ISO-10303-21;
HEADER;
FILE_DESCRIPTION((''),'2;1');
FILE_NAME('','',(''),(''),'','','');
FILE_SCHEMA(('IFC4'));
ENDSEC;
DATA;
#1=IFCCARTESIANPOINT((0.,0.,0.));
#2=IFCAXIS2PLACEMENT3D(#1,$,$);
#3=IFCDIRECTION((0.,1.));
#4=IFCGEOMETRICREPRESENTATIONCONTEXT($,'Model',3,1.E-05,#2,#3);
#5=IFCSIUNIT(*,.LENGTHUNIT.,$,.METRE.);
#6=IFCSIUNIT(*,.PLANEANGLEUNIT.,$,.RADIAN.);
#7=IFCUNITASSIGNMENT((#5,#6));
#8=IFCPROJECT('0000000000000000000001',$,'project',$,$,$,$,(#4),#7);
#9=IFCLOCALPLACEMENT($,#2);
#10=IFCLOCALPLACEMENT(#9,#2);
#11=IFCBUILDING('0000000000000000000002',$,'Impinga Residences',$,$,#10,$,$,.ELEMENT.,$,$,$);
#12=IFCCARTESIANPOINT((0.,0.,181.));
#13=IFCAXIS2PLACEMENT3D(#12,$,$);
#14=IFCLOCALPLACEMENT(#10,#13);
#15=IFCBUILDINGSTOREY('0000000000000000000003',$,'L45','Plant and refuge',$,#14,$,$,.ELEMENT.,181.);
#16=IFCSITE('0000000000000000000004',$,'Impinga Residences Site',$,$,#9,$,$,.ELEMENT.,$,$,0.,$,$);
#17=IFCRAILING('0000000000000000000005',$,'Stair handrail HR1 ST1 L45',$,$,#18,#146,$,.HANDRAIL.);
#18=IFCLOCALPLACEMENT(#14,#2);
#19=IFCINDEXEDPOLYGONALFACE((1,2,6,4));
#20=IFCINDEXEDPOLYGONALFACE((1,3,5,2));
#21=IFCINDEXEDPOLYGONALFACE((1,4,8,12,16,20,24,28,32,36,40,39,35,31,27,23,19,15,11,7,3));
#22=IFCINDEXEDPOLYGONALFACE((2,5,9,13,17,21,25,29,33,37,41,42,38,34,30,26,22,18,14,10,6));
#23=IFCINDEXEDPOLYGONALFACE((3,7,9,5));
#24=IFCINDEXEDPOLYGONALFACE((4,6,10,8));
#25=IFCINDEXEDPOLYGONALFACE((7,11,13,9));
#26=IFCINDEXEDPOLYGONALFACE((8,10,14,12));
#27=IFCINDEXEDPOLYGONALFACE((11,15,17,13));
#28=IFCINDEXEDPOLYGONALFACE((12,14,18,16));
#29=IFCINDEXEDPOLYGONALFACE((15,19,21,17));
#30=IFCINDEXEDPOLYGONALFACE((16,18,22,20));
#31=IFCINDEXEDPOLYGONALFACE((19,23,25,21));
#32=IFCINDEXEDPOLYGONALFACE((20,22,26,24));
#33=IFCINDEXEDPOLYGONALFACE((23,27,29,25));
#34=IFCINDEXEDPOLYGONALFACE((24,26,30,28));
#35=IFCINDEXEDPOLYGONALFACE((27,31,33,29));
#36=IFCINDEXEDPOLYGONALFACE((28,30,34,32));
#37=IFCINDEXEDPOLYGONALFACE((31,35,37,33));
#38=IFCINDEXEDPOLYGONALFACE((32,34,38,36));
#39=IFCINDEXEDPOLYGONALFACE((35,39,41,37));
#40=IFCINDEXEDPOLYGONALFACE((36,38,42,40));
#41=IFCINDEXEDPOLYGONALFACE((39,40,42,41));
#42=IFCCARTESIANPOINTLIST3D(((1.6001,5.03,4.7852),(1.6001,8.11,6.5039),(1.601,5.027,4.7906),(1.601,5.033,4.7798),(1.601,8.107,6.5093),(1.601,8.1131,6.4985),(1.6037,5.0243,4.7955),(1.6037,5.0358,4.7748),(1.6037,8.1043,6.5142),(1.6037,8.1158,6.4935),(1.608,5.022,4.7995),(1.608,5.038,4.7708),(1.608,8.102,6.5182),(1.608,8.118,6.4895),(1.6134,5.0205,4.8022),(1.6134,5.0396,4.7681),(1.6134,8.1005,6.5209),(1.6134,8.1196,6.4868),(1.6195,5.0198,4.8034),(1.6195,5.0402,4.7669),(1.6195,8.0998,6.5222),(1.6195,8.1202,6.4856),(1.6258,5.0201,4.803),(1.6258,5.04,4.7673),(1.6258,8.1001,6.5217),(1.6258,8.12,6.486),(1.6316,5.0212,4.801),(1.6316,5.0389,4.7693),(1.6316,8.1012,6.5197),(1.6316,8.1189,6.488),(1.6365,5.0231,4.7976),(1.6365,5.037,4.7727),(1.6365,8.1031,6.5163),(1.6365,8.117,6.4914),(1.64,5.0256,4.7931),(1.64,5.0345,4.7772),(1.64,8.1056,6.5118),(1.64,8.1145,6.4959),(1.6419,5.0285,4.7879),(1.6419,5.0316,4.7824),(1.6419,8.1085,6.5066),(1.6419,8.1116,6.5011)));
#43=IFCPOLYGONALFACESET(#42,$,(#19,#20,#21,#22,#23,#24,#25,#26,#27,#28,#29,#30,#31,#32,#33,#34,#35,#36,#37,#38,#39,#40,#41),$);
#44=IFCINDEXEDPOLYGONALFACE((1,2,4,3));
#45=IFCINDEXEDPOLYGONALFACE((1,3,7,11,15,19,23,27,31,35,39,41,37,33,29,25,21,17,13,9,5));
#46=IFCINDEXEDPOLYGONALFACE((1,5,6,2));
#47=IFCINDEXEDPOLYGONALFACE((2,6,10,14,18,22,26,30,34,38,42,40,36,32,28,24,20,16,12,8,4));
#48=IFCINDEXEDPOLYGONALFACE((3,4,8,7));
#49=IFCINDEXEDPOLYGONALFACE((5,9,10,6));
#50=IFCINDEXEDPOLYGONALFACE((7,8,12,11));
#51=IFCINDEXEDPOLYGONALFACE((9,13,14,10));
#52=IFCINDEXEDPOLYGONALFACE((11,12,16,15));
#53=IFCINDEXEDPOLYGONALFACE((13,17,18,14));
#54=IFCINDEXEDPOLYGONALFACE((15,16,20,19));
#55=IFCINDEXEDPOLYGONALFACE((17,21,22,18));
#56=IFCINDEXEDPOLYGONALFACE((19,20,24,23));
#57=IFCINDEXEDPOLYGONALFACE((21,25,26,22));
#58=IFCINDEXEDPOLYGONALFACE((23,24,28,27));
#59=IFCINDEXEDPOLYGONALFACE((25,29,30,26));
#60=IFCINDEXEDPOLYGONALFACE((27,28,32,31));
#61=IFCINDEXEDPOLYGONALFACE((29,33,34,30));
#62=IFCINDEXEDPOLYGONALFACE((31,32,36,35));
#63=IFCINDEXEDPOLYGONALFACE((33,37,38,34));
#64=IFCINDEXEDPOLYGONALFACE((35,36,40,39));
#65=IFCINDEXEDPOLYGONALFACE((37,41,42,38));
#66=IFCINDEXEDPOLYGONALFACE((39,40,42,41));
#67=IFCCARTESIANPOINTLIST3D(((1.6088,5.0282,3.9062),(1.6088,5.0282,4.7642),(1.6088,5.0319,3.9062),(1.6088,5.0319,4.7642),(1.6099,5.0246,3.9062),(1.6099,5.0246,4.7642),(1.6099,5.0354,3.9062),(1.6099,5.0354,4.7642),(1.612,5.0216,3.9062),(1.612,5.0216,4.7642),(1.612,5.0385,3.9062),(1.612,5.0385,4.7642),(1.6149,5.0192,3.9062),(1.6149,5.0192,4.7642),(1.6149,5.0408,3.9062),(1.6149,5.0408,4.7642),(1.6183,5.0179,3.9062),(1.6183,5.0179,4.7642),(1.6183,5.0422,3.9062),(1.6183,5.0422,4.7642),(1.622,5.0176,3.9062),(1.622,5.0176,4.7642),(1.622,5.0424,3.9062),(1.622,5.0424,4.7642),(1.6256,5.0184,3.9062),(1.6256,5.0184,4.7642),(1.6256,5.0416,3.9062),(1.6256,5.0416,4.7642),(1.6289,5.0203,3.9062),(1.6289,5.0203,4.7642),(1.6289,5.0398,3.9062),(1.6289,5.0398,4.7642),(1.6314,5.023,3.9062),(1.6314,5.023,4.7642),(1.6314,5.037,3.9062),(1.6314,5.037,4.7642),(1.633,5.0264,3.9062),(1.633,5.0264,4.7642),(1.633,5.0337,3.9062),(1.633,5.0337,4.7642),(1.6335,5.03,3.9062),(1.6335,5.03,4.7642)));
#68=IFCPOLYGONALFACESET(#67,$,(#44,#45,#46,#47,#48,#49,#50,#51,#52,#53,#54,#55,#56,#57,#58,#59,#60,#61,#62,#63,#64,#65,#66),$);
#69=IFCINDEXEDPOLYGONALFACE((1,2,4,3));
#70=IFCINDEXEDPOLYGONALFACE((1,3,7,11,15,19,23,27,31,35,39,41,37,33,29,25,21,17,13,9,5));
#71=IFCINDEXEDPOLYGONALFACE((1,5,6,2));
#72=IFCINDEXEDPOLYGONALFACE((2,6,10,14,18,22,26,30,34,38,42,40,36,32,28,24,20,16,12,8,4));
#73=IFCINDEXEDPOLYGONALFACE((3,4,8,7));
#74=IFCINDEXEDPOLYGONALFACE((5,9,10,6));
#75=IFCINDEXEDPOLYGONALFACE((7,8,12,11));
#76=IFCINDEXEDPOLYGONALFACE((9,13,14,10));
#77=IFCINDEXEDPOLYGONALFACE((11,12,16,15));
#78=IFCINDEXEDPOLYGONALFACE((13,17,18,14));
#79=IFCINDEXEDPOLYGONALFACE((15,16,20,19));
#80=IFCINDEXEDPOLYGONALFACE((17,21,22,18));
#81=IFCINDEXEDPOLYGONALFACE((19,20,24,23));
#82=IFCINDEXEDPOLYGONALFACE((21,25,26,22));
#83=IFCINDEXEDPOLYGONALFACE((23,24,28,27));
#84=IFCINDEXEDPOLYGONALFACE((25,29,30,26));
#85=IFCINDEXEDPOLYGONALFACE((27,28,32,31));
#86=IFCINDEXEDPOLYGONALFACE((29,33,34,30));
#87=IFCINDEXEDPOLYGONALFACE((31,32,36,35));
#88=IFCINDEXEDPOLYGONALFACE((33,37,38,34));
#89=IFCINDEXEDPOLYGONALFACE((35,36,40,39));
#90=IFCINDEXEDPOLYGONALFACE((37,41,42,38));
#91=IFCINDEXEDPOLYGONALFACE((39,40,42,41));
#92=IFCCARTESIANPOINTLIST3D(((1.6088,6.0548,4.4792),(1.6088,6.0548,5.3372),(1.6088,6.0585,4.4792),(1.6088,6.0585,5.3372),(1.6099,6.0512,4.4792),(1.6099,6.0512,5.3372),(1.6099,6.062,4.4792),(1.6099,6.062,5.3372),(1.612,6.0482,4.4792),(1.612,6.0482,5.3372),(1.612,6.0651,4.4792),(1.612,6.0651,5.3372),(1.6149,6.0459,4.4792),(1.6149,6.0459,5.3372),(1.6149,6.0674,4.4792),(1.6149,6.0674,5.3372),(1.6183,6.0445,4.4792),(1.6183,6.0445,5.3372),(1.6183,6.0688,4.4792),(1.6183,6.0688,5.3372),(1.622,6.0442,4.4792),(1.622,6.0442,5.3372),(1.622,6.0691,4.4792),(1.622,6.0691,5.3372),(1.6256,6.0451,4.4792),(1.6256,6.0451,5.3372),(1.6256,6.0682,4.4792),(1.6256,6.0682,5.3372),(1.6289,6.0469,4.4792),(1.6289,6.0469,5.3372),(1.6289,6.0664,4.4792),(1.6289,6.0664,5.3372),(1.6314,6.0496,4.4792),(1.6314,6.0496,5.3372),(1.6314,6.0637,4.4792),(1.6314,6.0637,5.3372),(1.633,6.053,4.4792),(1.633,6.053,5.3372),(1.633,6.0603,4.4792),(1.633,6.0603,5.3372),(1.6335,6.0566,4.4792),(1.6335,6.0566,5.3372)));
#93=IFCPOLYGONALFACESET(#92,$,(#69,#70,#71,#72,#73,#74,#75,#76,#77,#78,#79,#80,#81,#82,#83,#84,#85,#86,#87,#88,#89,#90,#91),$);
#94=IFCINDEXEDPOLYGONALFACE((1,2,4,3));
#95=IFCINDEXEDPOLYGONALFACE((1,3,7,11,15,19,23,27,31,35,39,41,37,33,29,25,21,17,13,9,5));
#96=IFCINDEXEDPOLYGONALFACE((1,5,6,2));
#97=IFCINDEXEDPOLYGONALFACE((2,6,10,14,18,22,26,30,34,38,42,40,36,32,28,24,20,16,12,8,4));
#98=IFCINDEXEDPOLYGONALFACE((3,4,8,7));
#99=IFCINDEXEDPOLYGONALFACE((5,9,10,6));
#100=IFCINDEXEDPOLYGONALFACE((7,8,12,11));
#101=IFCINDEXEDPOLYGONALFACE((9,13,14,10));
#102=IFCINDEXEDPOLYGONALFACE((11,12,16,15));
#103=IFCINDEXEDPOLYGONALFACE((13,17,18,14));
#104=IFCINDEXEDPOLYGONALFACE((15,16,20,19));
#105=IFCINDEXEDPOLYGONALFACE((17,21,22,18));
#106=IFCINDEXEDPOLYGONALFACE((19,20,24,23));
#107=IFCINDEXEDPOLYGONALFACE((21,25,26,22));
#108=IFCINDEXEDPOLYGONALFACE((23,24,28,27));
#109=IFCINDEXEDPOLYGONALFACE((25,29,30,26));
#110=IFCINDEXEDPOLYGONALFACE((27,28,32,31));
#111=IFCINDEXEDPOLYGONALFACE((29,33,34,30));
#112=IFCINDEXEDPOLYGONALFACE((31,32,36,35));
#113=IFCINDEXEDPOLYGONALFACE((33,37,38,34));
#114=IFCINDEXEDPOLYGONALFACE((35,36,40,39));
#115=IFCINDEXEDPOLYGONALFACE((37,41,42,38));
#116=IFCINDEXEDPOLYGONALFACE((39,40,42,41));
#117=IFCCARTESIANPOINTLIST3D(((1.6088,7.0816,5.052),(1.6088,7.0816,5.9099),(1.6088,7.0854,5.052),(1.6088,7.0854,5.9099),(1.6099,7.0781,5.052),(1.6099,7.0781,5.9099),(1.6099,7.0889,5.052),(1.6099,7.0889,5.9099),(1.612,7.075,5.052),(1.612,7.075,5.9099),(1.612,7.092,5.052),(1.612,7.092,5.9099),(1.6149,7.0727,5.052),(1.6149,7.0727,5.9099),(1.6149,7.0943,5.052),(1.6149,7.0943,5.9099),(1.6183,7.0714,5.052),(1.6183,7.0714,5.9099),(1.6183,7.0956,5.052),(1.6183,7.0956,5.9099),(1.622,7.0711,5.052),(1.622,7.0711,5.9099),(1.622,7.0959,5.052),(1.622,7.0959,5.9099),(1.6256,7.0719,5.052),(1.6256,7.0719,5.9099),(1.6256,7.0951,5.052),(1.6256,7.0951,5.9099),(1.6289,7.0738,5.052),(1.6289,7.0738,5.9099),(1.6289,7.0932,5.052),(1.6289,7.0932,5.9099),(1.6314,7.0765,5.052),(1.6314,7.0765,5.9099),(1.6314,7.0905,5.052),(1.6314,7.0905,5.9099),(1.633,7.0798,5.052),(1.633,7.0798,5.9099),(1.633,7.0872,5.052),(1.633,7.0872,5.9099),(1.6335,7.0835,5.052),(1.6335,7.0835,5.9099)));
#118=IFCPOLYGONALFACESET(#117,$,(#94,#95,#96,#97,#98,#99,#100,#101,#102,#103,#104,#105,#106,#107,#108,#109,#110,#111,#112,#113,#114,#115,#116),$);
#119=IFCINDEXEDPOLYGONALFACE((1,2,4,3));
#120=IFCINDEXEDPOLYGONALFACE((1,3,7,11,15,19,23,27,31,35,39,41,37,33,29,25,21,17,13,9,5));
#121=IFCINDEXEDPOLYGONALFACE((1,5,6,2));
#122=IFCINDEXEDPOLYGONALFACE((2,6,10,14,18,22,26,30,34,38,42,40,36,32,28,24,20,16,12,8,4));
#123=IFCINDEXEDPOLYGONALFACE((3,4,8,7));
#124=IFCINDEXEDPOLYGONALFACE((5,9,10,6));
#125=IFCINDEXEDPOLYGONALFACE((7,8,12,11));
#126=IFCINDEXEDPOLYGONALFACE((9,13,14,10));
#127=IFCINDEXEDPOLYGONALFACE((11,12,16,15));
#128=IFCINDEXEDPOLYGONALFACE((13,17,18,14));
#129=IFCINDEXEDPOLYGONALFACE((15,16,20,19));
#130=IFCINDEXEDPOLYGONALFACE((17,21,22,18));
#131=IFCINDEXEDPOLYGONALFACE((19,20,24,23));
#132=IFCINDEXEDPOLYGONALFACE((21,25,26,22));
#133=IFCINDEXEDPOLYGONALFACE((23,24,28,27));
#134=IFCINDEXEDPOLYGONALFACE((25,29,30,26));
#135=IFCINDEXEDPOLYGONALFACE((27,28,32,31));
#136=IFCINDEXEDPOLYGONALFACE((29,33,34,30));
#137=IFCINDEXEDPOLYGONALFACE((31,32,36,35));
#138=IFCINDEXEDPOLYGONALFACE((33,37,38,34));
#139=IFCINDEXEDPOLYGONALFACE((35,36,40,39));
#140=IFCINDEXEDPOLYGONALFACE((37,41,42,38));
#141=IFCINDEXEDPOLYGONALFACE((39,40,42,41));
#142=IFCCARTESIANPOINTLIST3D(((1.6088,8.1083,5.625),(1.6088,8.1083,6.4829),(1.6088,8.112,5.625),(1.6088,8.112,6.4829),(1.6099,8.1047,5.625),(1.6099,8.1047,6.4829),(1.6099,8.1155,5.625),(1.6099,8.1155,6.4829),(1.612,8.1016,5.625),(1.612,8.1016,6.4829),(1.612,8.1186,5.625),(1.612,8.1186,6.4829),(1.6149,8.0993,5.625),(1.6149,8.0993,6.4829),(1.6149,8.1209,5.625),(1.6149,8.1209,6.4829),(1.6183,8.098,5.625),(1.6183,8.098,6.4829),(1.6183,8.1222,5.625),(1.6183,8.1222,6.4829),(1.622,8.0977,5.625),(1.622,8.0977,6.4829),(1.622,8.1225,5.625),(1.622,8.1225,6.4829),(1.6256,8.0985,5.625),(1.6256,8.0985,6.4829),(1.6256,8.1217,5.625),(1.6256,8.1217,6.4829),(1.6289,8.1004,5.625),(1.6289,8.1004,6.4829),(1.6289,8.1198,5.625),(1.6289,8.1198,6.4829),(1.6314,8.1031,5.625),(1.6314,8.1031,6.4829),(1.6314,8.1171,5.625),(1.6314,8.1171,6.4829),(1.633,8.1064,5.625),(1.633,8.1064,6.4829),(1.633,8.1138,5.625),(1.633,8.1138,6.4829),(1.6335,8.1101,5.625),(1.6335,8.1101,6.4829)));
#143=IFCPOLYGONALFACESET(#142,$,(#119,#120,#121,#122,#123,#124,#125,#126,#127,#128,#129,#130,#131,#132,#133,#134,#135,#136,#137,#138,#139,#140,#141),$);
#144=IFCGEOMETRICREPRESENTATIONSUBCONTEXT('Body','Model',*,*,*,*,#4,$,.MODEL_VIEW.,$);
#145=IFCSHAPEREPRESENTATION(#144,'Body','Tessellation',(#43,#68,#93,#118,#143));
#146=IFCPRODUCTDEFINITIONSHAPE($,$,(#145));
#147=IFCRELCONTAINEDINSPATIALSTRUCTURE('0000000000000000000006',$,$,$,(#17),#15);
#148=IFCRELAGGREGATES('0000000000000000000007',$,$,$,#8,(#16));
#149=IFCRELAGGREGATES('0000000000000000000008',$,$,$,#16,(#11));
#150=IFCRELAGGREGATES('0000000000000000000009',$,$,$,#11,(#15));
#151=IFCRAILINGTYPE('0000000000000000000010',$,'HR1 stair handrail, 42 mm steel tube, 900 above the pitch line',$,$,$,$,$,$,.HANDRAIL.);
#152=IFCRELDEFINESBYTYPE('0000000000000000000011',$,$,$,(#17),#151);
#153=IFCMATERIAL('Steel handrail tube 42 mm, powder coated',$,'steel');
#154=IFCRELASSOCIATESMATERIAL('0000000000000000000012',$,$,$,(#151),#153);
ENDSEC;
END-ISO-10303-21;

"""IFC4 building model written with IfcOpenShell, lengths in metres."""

from ifc_helpers import new_model, si_unit, direction, frame, origin, origin_2d, place, context, subcontext, project, spatial, circle, extrude, material, type_object, element, save


model = new_model("IFC4")

# Units and contexts
model_context = context("Model", 3, precision=1e-05, world=origin(), true_north=direction((0.0, 1.0)))
body_context = subcontext(model_context, "Body", "Model", "MODEL_VIEW")
ifc_project = project(units=[si_unit("LENGTHUNIT", "METRE"), si_unit("PLANEANGLEUNIT", "RADIAN")], contexts=[model_context])

# Site, building, storey
site_placement = place(None, origin())
site = spatial("IfcSite", under=ifc_project, at=site_placement, Name="Impinga Residences Site", CompositionType="ELEMENT", RefElevation=0.0)
building_placement = place(site_placement, origin())
building = spatial("IfcBuilding", under=site, at=building_placement, Name="Impinga Residences", CompositionType="ELEMENT")
storey_placement = place(building_placement, frame((0.0, 0.0, 181.0)))
storey = spatial("IfcBuildingStorey", under=building, at=storey_placement, Name="L45", Description="Plant and refuge", CompositionType="ELEMENT", Elevation=181.0)

# Railing
ifc_material_1 = material(Name="Steel handrail tube 42 mm, powder coated", Category="steel")
railing_type = type_object("IfcRailingType", Name="HR1 stair handrail, 42 mm steel tube, 900 above the pitch line", PredefinedType="HANDRAIL", material=ifc_material_1)
for number, where, name in (
    (1, (1.6211, 5.03, 3.9062), "Stair handrail HR1 ST1 L45"),
):
    element("IfcRailing", number, at=place(storey_placement, frame(where)), inside=storey, type_object=railing_type, Name=name, PredefinedType="HANDRAIL", context=body_context, shape_type="SweptSolid", body=[
        extrude(circle(Radius=0.021, at=origin_2d()), frame((0.0, 0.0, 0.8789), z_axis=(0.0, 0.873242, 0.487288), x_axis=(-1.0, 0.0, 0.0)), (0.0, 0.0, 1.0), 3.5271),
        extrude(circle(Radius=0.0125, at=origin_2d()), origin(), (0.0, 0.0, 1.0), 0.8579),
        extrude(circle(Radius=0.0125, at=origin_2d()), frame((0.0, 1.0266, 0.573)), (0.0, 0.0, 1.0), 0.8579),
        extrude(circle(Radius=0.0125, at=origin_2d()), frame((0.0, 2.0535, 1.1458)), (0.0, 0.0, 1.0), 0.8579),
        extrude(circle(Radius=0.0125, at=origin_2d()), frame((0.0, 3.0801, 1.7188)), (0.0, 0.0, 1.0), 0.8579),
    ])

save(model, "model.ifc")
